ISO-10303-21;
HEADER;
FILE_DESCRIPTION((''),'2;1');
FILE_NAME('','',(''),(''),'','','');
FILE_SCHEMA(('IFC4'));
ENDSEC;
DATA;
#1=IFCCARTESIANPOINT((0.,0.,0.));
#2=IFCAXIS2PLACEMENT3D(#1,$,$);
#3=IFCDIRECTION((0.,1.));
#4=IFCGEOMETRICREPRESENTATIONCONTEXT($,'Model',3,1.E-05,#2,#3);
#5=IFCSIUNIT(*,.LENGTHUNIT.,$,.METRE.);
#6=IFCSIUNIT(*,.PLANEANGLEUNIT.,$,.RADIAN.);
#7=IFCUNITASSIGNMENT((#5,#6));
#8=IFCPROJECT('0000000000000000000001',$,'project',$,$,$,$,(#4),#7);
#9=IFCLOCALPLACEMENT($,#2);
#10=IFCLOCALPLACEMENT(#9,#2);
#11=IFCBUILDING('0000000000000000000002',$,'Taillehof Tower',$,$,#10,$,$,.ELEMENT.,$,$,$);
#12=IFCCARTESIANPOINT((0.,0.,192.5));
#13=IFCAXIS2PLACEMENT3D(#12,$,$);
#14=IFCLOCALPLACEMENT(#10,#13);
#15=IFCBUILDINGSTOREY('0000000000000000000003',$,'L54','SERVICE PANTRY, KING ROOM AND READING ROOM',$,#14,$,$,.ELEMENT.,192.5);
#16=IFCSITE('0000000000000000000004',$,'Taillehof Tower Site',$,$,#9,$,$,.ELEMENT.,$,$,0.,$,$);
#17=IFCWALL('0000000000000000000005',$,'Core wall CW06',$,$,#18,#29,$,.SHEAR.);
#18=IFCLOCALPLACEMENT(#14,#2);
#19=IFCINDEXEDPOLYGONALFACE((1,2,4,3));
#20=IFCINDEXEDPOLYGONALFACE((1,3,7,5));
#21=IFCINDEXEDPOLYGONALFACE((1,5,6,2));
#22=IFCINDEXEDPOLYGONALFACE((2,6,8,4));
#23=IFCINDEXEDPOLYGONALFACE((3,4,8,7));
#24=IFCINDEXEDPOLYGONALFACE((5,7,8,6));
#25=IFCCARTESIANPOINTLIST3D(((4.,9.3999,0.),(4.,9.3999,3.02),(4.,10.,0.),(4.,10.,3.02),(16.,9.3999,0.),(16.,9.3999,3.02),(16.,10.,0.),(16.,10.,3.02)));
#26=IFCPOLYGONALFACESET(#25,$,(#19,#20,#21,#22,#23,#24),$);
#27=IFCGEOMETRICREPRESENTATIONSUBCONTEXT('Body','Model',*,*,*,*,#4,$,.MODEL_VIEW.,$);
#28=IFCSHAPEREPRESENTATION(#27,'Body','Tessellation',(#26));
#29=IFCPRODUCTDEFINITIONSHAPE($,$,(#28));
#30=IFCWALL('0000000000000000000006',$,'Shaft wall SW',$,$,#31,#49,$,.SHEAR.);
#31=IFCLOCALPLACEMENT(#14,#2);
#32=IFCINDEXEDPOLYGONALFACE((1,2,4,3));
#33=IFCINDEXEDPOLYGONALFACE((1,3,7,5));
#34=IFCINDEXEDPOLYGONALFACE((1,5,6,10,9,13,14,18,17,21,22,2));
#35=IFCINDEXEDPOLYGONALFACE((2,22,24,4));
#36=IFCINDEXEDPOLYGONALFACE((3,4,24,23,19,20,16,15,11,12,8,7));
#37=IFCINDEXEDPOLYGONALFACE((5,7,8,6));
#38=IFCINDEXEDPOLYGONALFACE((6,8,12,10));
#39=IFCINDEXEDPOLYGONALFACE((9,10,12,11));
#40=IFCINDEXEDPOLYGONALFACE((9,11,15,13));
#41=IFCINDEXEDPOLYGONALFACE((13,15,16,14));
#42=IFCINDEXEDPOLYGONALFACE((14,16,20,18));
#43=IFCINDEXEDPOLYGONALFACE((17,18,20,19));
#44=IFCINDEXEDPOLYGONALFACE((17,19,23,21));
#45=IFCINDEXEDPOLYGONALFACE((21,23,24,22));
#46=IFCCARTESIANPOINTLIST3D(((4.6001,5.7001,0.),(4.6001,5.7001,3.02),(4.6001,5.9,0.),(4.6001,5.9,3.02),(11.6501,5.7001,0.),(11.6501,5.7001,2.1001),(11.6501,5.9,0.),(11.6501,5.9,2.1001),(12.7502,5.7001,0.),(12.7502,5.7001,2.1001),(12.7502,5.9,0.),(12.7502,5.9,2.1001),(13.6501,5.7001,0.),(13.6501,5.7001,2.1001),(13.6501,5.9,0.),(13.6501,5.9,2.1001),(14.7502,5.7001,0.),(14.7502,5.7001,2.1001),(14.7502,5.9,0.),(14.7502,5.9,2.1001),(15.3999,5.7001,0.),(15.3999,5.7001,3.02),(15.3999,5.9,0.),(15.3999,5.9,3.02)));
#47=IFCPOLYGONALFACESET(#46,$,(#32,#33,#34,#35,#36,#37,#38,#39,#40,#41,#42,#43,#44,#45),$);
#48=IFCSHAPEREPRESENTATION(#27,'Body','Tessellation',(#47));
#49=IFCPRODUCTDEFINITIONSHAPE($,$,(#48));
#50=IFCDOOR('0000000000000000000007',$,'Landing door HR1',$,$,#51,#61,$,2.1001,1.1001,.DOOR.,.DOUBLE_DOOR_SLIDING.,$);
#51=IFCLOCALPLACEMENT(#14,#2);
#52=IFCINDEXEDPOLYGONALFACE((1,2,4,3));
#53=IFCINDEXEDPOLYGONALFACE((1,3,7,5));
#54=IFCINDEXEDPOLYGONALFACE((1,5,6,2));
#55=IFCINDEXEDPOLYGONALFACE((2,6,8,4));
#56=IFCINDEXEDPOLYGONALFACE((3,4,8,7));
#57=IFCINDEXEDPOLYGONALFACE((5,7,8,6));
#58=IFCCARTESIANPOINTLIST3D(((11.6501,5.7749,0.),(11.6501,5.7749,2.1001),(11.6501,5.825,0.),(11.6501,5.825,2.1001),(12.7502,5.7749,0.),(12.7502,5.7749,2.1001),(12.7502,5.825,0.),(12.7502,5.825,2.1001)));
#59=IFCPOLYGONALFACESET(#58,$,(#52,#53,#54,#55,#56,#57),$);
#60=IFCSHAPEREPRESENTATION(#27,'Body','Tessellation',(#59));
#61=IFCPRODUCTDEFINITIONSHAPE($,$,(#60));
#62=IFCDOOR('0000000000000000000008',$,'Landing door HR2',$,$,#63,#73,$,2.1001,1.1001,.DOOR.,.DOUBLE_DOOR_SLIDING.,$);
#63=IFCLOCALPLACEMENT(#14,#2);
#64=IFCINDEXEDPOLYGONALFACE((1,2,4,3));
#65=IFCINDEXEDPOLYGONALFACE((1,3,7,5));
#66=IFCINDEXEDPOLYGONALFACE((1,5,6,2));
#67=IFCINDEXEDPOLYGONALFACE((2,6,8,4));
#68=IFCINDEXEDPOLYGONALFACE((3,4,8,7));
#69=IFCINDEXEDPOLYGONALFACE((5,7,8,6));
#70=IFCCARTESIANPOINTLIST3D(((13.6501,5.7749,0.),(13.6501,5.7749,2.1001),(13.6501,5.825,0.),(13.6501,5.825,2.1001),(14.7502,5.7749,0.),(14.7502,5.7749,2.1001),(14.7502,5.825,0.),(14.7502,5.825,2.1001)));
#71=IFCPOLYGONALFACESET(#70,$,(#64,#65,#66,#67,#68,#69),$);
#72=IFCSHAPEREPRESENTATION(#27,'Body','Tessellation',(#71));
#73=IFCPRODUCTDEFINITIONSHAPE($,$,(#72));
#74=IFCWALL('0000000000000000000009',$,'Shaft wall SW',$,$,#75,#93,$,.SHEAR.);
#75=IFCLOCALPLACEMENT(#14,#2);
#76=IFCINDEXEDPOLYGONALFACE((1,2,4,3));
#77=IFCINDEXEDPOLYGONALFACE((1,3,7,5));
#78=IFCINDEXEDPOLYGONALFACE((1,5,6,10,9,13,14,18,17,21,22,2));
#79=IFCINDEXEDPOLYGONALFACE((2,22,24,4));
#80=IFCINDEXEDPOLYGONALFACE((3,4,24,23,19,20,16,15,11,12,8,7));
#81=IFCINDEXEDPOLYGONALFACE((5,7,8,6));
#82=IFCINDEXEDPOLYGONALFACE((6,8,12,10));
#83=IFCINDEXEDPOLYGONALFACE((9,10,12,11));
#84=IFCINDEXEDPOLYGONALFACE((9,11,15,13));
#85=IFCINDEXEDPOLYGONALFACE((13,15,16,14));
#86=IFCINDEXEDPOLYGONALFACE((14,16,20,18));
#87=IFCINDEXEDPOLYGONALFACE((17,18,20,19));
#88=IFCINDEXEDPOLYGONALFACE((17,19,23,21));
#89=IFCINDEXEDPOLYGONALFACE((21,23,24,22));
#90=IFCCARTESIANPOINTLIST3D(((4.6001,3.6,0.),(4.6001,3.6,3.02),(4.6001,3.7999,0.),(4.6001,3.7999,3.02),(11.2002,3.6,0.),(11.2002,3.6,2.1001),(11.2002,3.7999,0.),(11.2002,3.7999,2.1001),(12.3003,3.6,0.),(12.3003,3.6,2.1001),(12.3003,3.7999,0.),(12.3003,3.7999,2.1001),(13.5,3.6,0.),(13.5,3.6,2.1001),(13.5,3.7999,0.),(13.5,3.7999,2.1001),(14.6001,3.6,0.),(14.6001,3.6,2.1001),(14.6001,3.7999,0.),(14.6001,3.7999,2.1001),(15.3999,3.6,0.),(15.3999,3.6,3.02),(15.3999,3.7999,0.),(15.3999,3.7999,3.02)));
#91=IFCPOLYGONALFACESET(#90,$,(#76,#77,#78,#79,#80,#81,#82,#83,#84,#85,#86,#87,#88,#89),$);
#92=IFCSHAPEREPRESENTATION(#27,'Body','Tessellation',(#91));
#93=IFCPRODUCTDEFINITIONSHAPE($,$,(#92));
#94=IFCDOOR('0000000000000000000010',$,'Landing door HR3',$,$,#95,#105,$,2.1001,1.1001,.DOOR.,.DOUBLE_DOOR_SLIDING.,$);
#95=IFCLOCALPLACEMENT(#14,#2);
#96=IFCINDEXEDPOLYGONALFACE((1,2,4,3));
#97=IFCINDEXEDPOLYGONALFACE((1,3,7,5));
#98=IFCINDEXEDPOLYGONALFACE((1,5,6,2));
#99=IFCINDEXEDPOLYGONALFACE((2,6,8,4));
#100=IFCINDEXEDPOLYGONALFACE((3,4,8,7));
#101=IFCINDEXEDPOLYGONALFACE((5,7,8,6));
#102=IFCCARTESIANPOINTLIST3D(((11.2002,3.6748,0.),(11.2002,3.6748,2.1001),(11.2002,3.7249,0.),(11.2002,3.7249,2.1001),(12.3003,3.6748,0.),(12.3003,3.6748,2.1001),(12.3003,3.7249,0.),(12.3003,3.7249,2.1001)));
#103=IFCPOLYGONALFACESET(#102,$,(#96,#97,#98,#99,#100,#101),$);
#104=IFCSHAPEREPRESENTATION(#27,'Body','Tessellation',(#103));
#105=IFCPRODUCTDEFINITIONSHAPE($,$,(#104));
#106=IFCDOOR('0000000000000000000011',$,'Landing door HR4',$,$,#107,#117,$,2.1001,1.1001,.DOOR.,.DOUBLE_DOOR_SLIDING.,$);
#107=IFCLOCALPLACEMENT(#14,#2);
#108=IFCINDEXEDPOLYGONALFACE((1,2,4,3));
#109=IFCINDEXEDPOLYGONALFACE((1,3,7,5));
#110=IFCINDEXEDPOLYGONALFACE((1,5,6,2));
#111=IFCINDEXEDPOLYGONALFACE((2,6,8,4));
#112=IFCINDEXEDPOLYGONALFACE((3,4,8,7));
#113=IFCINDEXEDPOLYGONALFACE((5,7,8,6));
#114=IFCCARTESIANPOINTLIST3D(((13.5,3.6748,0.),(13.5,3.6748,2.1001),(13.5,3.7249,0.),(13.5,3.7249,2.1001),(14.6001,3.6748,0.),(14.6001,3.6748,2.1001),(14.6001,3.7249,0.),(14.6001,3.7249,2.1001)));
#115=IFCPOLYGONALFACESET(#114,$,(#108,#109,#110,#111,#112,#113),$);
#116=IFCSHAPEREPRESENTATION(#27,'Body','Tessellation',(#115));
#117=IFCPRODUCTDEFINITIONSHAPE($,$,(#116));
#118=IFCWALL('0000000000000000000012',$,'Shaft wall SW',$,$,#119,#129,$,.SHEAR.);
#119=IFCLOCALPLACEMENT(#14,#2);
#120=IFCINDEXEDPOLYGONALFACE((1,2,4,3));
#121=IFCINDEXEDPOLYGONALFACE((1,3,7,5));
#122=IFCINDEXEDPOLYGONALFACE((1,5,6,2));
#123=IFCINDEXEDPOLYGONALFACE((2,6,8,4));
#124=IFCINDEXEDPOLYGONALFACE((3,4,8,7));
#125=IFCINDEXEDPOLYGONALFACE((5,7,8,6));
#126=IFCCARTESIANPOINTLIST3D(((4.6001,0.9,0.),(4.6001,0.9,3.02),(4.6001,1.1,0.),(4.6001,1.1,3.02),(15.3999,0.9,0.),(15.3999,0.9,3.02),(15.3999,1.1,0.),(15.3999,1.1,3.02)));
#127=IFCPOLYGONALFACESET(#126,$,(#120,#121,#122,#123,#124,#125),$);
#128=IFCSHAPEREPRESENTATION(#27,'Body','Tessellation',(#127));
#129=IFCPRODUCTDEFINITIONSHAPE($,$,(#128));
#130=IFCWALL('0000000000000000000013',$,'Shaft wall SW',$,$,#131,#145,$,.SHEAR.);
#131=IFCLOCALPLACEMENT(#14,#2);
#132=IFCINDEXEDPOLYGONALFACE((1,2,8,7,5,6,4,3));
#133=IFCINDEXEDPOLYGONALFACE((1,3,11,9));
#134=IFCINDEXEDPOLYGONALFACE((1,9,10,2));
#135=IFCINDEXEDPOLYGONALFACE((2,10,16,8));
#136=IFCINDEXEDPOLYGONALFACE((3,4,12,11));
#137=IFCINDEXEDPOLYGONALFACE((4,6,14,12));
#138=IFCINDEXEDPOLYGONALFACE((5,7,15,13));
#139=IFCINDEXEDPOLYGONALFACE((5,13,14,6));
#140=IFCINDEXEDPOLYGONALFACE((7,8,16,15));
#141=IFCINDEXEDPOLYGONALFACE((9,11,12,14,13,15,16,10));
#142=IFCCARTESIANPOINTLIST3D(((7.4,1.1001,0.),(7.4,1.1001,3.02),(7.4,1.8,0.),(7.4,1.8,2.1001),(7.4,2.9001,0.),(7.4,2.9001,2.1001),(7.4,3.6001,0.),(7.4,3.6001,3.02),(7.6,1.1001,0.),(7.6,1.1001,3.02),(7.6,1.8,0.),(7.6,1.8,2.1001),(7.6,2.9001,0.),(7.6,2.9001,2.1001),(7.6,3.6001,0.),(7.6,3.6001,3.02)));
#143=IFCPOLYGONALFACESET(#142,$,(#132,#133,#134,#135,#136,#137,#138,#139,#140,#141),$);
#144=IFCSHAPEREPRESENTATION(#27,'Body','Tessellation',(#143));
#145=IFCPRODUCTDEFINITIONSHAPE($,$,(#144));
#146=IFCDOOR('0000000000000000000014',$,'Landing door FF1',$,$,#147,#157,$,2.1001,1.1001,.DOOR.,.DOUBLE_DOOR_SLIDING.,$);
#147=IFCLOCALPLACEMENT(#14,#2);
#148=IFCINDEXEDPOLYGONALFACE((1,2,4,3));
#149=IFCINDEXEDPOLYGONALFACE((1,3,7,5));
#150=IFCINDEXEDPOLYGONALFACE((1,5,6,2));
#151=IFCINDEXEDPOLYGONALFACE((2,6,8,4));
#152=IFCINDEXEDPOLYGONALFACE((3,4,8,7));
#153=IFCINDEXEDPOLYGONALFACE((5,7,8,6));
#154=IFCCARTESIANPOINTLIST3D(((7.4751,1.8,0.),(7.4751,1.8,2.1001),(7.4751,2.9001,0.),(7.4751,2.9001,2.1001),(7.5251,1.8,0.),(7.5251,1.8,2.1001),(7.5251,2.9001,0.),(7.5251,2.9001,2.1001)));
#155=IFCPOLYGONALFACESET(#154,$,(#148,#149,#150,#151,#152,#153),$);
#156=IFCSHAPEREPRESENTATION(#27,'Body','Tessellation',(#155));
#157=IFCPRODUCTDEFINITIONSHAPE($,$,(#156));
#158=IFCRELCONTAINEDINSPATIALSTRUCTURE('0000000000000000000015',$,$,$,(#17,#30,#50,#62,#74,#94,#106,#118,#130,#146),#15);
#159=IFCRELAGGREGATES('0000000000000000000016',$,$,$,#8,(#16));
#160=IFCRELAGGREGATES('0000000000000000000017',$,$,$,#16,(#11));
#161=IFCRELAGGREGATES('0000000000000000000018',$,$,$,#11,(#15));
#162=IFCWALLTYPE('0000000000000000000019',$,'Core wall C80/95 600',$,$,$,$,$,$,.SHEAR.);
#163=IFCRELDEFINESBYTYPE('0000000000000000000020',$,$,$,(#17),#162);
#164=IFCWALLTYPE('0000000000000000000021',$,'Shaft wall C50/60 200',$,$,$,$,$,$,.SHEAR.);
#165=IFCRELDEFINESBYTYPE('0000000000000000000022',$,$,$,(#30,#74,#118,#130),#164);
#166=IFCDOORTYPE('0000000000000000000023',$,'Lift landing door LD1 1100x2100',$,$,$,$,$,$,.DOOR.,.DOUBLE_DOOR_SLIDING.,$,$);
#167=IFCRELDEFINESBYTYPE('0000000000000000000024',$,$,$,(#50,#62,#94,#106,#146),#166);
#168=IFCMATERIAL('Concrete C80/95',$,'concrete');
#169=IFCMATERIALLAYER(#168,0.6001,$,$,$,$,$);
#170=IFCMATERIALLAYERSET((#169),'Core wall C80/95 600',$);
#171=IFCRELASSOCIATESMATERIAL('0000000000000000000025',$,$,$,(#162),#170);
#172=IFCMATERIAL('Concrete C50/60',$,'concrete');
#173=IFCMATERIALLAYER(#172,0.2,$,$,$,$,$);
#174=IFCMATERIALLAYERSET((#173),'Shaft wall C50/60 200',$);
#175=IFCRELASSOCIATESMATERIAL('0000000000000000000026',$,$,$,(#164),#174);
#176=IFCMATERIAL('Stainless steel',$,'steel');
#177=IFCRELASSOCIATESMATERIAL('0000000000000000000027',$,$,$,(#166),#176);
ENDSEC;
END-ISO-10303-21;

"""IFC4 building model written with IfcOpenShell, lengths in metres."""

from ifc_helpers import new_model, si_unit, direction, frame, frame_2d, origin, place, context, subcontext, project, spatial, rectangle, extrude, material, layer, layer_set, type_object, element, fill, save


model = new_model("IFC4")

# Units and contexts
model_context = context("Model", 3, precision=1e-05, world=origin(), true_north=direction((0.0, 1.0)))
body_context = subcontext(model_context, "Body", "Model", "MODEL_VIEW")
ifc_project = project(units=[si_unit("LENGTHUNIT", "METRE"), si_unit("PLANEANGLEUNIT", "RADIAN")], contexts=[model_context])

# Site, building, storey
site_placement = place(None, origin())
site = spatial("IfcSite", under=ifc_project, at=site_placement, Name="Taillehof Tower Site", CompositionType="ELEMENT", RefElevation=0.0)
building_placement = place(site_placement, origin())
building = spatial("IfcBuilding", under=site, at=building_placement, Name="Taillehof Tower", CompositionType="ELEMENT")
storey_placement = place(building_placement, frame((0.0, 0.0, 192.5)))
storey = spatial("IfcBuildingStorey", under=building, at=storey_placement, Name="L54", Description="SERVICE PANTRY, KING ROOM AND READING ROOM", CompositionType="ELEMENT", Elevation=192.5)

# Wall
ifc_material_1 = material(Name="Concrete C80/95", Category="concrete")
ifc_layer_1 = layer(ifc_material_1, 0.6001)
ifc_layer_set_1 = layer_set([ifc_layer_1], Name="Core wall C80/95 600")
wall_type_1 = type_object("IfcWallType", Name="Core wall C80/95 600", PredefinedType="SHEAR", material=ifc_layer_set_1)
wall_1_placement = place(storey_placement, frame((4.0, 9.7, 0.0), z_axis=(0.0, 0.0, 1.0), x_axis=(1.0, 0.0, 0.0)))
element("IfcWall", 1, at=wall_1_placement, inside=storey, type_object=wall_type_1, Name="Core wall CW06", PredefinedType="SHEAR", context=body_context, shape_type="SweptSolid", body=[
    extrude(rectangle(XDim=12.0, YDim=0.6001, at=frame_2d((6.0, 0.0))), origin(), (0.0, 0.0, 1.0), 3.02),
])

# Walls, openings, doors
ifc_material_2 = material(Name="Concrete C50/60", Category="concrete")
ifc_layer_2 = layer(ifc_material_2, 0.2)
ifc_layer_set_2 = layer_set([ifc_layer_2], Name="Shaft wall C50/60 200")
wall_type_2 = type_object("IfcWallType", Name="Shaft wall C50/60 200", PredefinedType="SHEAR", material=ifc_layer_set_2)
wall_2_placement = place(storey_placement, frame((4.6001, 5.8, 0.0), z_axis=(0.0, 0.0, 1.0), x_axis=(1.0, 0.0, 0.0)))
wall_2 = element("IfcWall", 2, at=wall_2_placement, inside=storey, type_object=wall_type_2, Name="Shaft wall SW", PredefinedType="SHEAR", context=body_context, shape_type="SweptSolid", body=[
    extrude(rectangle(XDim=10.7998, YDim=0.2, at=frame_2d((5.3999, 0.0))), origin(), (0.0, 0.0, 1.0), 3.02),
])
opening_1_placement = place(wall_2_placement, frame((7.05, 0.0, 0.0)))
opening_1 = element("IfcOpeningElement", 3, at=opening_1_placement, cuts=wall_2, PredefinedType="OPENING", context=body_context, shape_type="SweptSolid", body=[
    extrude(rectangle(XDim=1.1001, YDim=2.1001, at=frame_2d((0.55, 1.05))), frame((0.0, 0.1099, 0.0), z_axis=(0.0, -1.0, 0.0), x_axis=(1.0, 0.0, 0.0)), (0.0, 0.0, 1.0), 0.22),
])
opening_2_placement = place(wall_2_placement, frame((9.05, 0.0, 0.0)))
opening_2 = element("IfcOpeningElement", 4, at=opening_2_placement, cuts=wall_2, PredefinedType="OPENING", context=body_context, shape_type="SweptSolid", body=[
    extrude(rectangle(XDim=1.1001, YDim=2.1001, at=frame_2d((0.55, 1.05))), frame((0.0, 0.1099, 0.0), z_axis=(0.0, -1.0, 0.0), x_axis=(1.0, 0.0, 0.0)), (0.0, 0.0, 1.0), 0.22),
])
ifc_material_3 = material(Name="Stainless steel", Category="steel")
door_type_1 = type_object("IfcDoorType", Name="Lift landing door LD1 1100x2100", OperationType="DOUBLE_DOOR_SLIDING", PredefinedType="DOOR", material=ifc_material_3)
door_1_placement = place(opening_1_placement, origin())
door_1 = element("IfcDoor", 5, at=door_1_placement, inside=storey, type_object=door_type_1, Name="Landing door HR1", OperationType="DOUBLE_DOOR_SLIDING", OverallHeight=2.1001, OverallWidth=1.1001, PredefinedType="DOOR", context=body_context, shape_type="SweptSolid", body=[
    extrude(rectangle(XDim=1.1001, YDim=2.1001, at=frame_2d((0.55, 1.05))), frame((0.0, 0.0249, 0.0), z_axis=(0.0, -1.0, 0.0), x_axis=(1.0, 0.0, 0.0)), (0.0, 0.0, 1.0), 0.05),
])
fill(opening_1, door_1)
door_2_placement = place(opening_2_placement, origin())
door_2 = element("IfcDoor", 6, at=door_2_placement, inside=storey, type_object=door_type_1, Name="Landing door HR2", OperationType="DOUBLE_DOOR_SLIDING", OverallHeight=2.1001, OverallWidth=1.1001, PredefinedType="DOOR", context=body_context, shape_type="SweptSolid", body=[
    extrude(rectangle(XDim=1.1001, YDim=2.1001, at=frame_2d((0.55, 1.05))), frame((0.0, 0.0249, 0.0), z_axis=(0.0, -1.0, 0.0), x_axis=(1.0, 0.0, 0.0)), (0.0, 0.0, 1.0), 0.05),
])
fill(opening_2, door_2)
wall_3_placement = place(storey_placement, frame((4.6001, 3.7, 0.0), z_axis=(0.0, 0.0, 1.0), x_axis=(1.0, 0.0, 0.0)))
wall_3 = element("IfcWall", 7, at=wall_3_placement, inside=storey, type_object=wall_type_2, Name="Shaft wall SW", PredefinedType="SHEAR", context=body_context, shape_type="SweptSolid", body=[
    extrude(rectangle(XDim=10.7998, YDim=0.2, at=frame_2d((5.3999, 0.0))), origin(), (0.0, 0.0, 1.0), 3.02),
])
opening_3_placement = place(wall_3_placement, frame((6.6001, 0.0, 0.0)))
opening_3 = element("IfcOpeningElement", 8, at=opening_3_placement, cuts=wall_3, PredefinedType="OPENING", context=body_context, shape_type="SweptSolid", body=[
    extrude(rectangle(XDim=1.1001, YDim=2.1001, at=frame_2d((0.55, 1.05))), frame((0.0, 0.1099, 0.0), z_axis=(0.0, -1.0, 0.0), x_axis=(1.0, 0.0, 0.0)), (0.0, 0.0, 1.0), 0.22),
])
opening_4_placement = place(wall_3_placement, frame((8.8999, 0.0, 0.0)))
opening_4 = element("IfcOpeningElement", 9, at=opening_4_placement, cuts=wall_3, PredefinedType="OPENING", context=body_context, shape_type="SweptSolid", body=[
    extrude(rectangle(XDim=1.1001, YDim=2.1001, at=frame_2d((0.55, 1.05))), frame((0.0, 0.1099, 0.0), z_axis=(0.0, -1.0, 0.0), x_axis=(1.0, 0.0, 0.0)), (0.0, 0.0, 1.0), 0.22),
])
door_3_placement = place(opening_3_placement, origin())
door_3 = element("IfcDoor", 10, at=door_3_placement, inside=storey, type_object=door_type_1, Name="Landing door HR3", OperationType="DOUBLE_DOOR_SLIDING", OverallHeight=2.1001, OverallWidth=1.1001, PredefinedType="DOOR", context=body_context, shape_type="SweptSolid", body=[
    extrude(rectangle(XDim=1.1001, YDim=2.1001, at=frame_2d((0.55, 1.05))), frame((0.0, 0.0249, 0.0), z_axis=(0.0, -1.0, 0.0), x_axis=(1.0, 0.0, 0.0)), (0.0, 0.0, 1.0), 0.05),
])
fill(opening_3, door_3)
door_4_placement = place(opening_4_placement, origin())
door_4 = element("IfcDoor", 11, at=door_4_placement, inside=storey, type_object=door_type_1, Name="Landing door HR4", OperationType="DOUBLE_DOOR_SLIDING", OverallHeight=2.1001, OverallWidth=1.1001, PredefinedType="DOOR", context=body_context, shape_type="SweptSolid", body=[
    extrude(rectangle(XDim=1.1001, YDim=2.1001, at=frame_2d((0.55, 1.05))), frame((0.0, 0.0249, 0.0), z_axis=(0.0, -1.0, 0.0), x_axis=(1.0, 0.0, 0.0)), (0.0, 0.0, 1.0), 0.05),
])
fill(opening_4, door_4)

# Wall
wall_4_placement = place(storey_placement, frame((4.6001, 1.0, 0.0), z_axis=(0.0, 0.0, 1.0), x_axis=(1.0, 0.0, 0.0)))
element("IfcWall", 12, at=wall_4_placement, inside=storey, type_object=wall_type_2, Name="Shaft wall SW", PredefinedType="SHEAR", context=body_context, shape_type="SweptSolid", body=[
    extrude(rectangle(XDim=10.7998, YDim=0.2, at=frame_2d((5.3999, 0.0))), origin(), (0.0, 0.0, 1.0), 3.02),
])

# Wall, opening, door
wall_5_placement = place(storey_placement, frame((7.5, 1.1001, 0.0), z_axis=(0.0, 0.0, 1.0), x_axis=(0.0, 1.0, 0.0)))
wall_5 = element("IfcWall", 13, at=wall_5_placement, inside=storey, type_object=wall_type_2, Name="Shaft wall SW", PredefinedType="SHEAR", context=body_context, shape_type="SweptSolid", body=[
    extrude(rectangle(XDim=2.5, YDim=0.2, at=frame_2d((1.25, 0.0))), origin(), (0.0, 0.0, 1.0), 3.02),
])
opening_5_placement = place(wall_5_placement, frame((0.7, 0.0, 0.0)))
opening_5 = element("IfcOpeningElement", 14, at=opening_5_placement, cuts=wall_5, PredefinedType="OPENING", context=body_context, shape_type="SweptSolid", body=[
    extrude(rectangle(XDim=1.1001, YDim=2.1001, at=frame_2d((0.55, 1.05))), frame((0.0, 0.1099, 0.0), z_axis=(0.0, -1.0, 0.0), x_axis=(1.0, 0.0, 0.0)), (0.0, 0.0, 1.0), 0.22),
])
door_5_placement = place(opening_5_placement, origin())
door_5 = element("IfcDoor", 15, at=door_5_placement, inside=storey, type_object=door_type_1, Name="Landing door FF1", OperationType="DOUBLE_DOOR_SLIDING", OverallHeight=2.1001, OverallWidth=1.1001, PredefinedType="DOOR", context=body_context, shape_type="SweptSolid", body=[
    extrude(rectangle(XDim=1.1001, YDim=2.1001, at=frame_2d((0.55, 1.05))), frame((0.0, 0.0249, 0.0), z_axis=(0.0, -1.0, 0.0), x_axis=(1.0, 0.0, 0.0)), (0.0, 0.0, 1.0), 0.05),
])
fill(opening_5, door_5)

save(model, "model.ifc")
